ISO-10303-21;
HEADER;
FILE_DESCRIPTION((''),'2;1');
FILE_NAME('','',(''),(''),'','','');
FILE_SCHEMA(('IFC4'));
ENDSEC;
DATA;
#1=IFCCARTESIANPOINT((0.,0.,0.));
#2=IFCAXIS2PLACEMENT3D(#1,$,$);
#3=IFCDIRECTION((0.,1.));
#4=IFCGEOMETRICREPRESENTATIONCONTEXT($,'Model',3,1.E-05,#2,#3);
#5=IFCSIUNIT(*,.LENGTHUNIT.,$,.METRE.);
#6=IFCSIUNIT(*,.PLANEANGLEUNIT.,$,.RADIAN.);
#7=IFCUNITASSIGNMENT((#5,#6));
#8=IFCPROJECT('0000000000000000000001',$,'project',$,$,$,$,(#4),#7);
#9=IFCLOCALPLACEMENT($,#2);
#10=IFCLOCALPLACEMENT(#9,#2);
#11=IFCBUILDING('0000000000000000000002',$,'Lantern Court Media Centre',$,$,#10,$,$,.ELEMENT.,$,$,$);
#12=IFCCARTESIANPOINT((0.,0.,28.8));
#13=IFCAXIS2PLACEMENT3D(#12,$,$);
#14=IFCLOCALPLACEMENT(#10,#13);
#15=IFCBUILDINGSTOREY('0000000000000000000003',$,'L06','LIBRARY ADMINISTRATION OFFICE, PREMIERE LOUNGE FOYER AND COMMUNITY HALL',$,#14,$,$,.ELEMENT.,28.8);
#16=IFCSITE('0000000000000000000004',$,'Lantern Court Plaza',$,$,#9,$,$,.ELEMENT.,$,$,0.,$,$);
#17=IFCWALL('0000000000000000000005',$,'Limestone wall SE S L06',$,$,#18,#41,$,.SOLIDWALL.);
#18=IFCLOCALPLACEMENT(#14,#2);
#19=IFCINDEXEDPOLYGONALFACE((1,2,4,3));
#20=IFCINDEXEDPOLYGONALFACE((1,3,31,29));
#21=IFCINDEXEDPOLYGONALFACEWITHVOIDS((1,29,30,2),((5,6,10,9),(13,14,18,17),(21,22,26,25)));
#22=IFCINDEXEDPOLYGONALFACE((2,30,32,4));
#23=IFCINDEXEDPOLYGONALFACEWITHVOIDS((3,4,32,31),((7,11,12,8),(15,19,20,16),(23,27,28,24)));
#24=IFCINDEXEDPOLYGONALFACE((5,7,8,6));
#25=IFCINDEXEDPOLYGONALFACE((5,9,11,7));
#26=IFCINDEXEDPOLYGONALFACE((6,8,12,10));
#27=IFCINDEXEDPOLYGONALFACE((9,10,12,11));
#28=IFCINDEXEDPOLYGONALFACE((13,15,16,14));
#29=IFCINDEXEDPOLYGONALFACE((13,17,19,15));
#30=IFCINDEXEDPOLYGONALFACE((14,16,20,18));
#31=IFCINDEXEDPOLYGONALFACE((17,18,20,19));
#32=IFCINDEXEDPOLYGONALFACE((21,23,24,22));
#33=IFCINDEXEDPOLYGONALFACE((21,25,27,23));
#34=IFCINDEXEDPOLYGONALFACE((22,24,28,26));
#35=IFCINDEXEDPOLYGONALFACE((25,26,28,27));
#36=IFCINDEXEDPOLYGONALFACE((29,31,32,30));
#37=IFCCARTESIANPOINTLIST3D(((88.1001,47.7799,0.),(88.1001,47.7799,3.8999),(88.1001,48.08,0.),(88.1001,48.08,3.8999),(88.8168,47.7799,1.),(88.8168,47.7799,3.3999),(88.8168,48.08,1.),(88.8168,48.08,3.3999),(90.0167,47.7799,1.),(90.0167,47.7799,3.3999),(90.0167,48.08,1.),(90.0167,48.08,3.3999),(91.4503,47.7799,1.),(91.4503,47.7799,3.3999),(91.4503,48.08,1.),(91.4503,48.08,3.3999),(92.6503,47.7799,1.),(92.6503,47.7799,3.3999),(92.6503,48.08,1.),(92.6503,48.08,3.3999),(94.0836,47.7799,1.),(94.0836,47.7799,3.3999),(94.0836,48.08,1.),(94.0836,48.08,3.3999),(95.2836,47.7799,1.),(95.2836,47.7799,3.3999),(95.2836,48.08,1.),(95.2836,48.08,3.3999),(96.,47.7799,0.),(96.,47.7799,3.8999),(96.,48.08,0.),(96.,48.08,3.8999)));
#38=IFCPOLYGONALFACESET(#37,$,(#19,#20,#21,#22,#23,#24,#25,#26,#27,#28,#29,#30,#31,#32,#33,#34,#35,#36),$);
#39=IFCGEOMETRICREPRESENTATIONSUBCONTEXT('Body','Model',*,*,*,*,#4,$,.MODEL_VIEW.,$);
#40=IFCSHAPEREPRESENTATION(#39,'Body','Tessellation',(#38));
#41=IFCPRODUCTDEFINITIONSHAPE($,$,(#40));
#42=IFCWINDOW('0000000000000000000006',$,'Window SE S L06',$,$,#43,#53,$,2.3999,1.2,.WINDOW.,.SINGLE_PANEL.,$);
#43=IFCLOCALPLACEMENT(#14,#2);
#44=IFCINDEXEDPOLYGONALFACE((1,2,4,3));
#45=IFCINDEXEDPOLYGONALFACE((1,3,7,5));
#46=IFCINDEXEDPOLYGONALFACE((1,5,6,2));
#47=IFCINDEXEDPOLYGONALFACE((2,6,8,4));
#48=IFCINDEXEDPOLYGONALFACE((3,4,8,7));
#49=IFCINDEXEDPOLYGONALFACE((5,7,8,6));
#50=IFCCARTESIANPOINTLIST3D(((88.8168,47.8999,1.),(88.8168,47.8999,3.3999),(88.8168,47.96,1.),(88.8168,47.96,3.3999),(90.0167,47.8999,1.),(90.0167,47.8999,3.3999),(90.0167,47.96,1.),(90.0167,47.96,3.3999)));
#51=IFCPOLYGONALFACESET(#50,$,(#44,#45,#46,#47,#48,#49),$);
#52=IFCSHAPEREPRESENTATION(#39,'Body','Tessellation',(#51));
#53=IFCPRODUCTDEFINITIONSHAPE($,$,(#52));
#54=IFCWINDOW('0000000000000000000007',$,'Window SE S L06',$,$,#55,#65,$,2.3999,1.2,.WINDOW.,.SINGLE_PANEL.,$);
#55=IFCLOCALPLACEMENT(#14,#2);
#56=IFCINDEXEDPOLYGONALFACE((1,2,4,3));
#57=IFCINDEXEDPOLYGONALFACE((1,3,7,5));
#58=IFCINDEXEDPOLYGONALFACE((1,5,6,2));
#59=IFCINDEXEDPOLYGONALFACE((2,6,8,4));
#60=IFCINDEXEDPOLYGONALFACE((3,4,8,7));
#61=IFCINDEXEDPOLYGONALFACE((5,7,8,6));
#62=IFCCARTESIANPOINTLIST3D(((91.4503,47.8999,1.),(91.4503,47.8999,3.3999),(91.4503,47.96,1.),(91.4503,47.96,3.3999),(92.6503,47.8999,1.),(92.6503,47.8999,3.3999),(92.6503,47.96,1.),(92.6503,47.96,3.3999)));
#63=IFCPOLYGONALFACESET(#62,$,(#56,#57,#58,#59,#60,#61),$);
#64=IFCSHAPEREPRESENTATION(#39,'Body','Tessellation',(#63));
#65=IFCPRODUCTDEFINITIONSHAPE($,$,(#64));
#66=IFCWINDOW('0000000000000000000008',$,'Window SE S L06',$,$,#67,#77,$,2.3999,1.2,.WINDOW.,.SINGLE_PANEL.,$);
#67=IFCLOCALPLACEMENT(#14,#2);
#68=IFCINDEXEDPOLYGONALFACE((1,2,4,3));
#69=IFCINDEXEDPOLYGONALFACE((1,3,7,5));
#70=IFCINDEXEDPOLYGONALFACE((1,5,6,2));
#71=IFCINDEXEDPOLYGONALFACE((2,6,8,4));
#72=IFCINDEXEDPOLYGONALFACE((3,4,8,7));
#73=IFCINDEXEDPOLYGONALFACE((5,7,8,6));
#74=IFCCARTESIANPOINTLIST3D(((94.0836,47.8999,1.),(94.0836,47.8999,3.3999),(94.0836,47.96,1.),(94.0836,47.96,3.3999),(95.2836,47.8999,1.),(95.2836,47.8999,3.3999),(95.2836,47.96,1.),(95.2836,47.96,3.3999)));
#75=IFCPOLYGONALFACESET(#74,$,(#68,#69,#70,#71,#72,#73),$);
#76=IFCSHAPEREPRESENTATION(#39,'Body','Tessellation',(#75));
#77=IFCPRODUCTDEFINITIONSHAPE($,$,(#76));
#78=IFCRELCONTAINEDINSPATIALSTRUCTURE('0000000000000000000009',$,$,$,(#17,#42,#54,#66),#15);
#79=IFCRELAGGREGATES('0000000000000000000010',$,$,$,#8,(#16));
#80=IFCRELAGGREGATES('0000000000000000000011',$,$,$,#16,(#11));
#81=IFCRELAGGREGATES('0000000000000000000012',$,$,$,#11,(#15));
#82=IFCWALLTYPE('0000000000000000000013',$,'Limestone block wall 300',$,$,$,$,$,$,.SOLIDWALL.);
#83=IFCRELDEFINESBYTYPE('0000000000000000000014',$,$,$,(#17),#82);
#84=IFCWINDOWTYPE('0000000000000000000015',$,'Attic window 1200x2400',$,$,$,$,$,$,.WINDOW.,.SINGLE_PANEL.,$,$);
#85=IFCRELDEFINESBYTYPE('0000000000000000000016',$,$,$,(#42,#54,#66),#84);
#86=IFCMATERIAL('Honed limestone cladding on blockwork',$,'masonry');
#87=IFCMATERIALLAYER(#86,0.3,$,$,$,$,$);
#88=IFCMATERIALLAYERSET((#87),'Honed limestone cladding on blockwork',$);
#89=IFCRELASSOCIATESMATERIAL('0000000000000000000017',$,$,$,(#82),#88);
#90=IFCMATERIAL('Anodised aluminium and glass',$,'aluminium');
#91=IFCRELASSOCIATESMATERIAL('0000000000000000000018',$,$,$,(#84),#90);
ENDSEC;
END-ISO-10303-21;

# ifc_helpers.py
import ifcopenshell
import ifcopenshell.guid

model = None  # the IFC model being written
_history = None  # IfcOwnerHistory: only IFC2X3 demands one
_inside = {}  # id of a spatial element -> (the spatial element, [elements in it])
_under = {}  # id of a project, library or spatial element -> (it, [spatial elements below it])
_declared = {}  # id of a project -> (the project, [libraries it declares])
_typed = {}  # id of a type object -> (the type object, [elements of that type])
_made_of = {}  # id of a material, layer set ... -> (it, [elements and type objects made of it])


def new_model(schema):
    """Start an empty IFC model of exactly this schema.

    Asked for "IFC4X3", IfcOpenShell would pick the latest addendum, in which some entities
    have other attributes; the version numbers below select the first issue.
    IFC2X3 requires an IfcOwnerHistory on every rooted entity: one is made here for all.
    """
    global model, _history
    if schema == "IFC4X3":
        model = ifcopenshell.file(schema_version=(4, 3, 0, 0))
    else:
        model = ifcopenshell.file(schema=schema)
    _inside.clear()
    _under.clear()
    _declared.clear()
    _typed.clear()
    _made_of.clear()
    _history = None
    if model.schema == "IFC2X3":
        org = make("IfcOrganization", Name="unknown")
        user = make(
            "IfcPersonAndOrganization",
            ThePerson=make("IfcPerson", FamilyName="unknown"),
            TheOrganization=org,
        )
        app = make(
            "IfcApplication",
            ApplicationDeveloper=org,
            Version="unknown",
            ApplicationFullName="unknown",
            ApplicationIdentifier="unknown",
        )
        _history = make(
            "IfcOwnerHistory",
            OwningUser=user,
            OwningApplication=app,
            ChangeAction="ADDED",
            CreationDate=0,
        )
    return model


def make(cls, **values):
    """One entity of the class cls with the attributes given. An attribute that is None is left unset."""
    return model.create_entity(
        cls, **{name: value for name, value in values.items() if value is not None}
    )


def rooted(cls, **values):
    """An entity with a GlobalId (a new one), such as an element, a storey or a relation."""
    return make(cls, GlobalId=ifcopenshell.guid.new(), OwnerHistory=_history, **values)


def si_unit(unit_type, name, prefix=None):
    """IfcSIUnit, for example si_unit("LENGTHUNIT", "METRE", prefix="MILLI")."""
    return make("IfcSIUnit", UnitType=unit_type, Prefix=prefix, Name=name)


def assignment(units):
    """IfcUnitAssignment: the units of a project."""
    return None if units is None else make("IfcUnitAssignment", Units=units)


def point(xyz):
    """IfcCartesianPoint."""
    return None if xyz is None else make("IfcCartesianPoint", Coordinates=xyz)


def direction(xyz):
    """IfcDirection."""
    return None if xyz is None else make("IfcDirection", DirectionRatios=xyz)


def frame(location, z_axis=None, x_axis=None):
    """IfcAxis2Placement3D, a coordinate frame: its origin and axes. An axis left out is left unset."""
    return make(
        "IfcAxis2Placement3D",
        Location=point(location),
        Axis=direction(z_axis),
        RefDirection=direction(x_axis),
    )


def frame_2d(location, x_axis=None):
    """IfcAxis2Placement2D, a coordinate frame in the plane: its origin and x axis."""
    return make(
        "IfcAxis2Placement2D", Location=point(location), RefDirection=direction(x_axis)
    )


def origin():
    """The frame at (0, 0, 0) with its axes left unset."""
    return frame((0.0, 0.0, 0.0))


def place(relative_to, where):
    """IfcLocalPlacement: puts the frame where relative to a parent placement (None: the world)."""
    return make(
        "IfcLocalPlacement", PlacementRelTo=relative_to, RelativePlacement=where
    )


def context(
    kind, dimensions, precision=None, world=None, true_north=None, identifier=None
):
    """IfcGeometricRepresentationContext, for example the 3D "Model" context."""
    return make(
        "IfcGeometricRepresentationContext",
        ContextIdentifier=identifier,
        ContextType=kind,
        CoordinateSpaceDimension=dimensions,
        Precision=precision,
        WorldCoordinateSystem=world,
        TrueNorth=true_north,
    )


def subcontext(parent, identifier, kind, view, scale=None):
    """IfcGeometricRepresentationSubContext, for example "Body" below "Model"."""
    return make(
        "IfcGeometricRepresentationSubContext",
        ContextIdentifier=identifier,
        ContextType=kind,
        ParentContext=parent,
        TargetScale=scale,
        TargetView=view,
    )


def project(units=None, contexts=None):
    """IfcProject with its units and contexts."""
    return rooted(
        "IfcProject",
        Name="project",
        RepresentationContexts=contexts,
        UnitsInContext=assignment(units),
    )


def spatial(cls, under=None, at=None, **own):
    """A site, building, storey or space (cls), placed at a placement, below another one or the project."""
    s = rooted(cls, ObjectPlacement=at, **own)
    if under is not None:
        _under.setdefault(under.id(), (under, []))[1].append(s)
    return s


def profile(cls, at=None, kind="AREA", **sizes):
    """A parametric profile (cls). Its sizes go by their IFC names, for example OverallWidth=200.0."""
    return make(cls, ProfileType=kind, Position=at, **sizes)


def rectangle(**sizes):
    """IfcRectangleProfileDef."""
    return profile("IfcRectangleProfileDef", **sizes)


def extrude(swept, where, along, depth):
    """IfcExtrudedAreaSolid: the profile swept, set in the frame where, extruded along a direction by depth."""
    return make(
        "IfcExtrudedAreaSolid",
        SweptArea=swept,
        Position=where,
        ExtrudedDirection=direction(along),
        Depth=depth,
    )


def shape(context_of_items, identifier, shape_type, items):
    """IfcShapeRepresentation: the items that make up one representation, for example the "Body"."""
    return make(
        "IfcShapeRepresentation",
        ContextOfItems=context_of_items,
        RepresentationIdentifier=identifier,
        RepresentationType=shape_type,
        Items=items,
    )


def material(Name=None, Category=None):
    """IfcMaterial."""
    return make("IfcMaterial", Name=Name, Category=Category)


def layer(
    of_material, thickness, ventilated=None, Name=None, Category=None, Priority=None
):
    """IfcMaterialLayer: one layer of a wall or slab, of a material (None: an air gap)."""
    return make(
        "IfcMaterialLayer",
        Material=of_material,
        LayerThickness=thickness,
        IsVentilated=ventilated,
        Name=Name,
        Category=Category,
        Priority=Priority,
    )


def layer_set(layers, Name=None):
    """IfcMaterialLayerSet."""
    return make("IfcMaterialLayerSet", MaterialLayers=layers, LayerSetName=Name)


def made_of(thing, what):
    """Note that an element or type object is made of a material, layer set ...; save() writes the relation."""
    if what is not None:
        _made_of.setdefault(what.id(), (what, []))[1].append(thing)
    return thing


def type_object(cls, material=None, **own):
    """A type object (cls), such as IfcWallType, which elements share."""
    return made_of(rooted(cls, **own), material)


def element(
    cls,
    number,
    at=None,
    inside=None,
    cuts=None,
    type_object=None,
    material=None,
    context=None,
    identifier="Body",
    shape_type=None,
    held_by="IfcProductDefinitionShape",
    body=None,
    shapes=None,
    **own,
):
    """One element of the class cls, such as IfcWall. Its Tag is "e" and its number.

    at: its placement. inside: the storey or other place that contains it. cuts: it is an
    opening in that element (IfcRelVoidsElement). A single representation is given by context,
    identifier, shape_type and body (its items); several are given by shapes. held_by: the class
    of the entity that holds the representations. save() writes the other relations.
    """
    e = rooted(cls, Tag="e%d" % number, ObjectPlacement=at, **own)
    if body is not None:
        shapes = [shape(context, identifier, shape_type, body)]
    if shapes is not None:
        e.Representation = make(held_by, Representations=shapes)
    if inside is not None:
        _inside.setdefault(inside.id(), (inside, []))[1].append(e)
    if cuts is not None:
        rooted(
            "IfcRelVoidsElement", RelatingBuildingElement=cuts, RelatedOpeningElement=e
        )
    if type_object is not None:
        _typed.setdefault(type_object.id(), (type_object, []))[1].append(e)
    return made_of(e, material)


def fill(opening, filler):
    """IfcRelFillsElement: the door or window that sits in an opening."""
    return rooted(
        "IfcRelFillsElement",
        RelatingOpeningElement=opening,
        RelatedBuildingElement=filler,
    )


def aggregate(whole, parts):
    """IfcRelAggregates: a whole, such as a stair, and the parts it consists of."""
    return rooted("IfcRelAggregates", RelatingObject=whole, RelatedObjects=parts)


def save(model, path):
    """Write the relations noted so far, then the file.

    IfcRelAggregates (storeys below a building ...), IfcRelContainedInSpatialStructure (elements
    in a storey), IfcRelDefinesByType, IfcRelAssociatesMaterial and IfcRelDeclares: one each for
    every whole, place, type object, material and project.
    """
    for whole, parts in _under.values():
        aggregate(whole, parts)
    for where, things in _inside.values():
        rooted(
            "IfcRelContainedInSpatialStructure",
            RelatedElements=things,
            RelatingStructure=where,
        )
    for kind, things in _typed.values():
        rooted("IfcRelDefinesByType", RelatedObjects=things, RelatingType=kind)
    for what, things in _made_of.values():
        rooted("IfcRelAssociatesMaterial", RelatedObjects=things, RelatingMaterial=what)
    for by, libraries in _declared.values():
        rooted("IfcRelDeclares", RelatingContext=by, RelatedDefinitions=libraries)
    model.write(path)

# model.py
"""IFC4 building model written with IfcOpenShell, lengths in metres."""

from ifc_helpers import new_model, si_unit, direction, frame, frame_2d, origin, place, context, subcontext, project, spatial, rectangle, extrude, material, layer, layer_set, type_object, element, fill, save


model = new_model("IFC4")

# Units and contexts
model_context = context("Model", 3, precision=1e-05, world=origin(), true_north=direction((0.0, 1.0)))
body_context = subcontext(model_context, "Body", "Model", "MODEL_VIEW")
ifc_project = project(units=[si_unit("LENGTHUNIT", "METRE"), si_unit("PLANEANGLEUNIT", "RADIAN")], contexts=[model_context])

# Site, building, storey
site_placement = place(None, origin())
site = spatial("IfcSite", under=ifc_project, at=site_placement, Name="Lantern Court Plaza", CompositionType="ELEMENT", RefElevation=0.0)
building_placement = place(site_placement, origin())
building = spatial("IfcBuilding", under=site, at=building_placement, Name="Lantern Court Media Centre", CompositionType="ELEMENT")
storey_placement = place(building_placement, frame((0.0, 0.0, 28.8)))
storey = spatial("IfcBuildingStorey", under=building, at=storey_placement, Name="L06", Description="LIBRARY ADMINISTRATION OFFICE, PREMIERE LOUNGE FOYER AND COMMUNITY HALL", CompositionType="ELEMENT", Elevation=28.8)

# Wall, openings, windows
ifc_material_1 = material(Name="Honed limestone cladding on blockwork", Category="masonry")
ifc_layer_1 = layer(ifc_material_1, 0.3)
ifc_layer_set_1 = layer_set([ifc_layer_1], Name="Honed limestone cladding on blockwork")
wall_type_1 = type_object("IfcWallType", Name="Limestone block wall 300", PredefinedType="SOLIDWALL", material=ifc_layer_set_1)
ifc_material_2 = material(Name="Anodised aluminium and glass", Category="aluminium")
window_type = type_object("IfcWindowType", Name="Attic window 1200x2400", PartitioningType="SINGLE_PANEL", PredefinedType="WINDOW", material=ifc_material_2)
wall_1_placement = place(storey_placement, frame((88.1001, 47.9299, 0.0), z_axis=(0.0, 0.0, 1.0), x_axis=(1.0, 0.0, 0.0)))
wall_1 = element("IfcWall", 1, at=wall_1_placement, inside=storey, type_object=wall_type_1, Name="Limestone wall SE S L06", PredefinedType="SOLIDWALL", context=body_context, shape_type="SweptSolid", body=[
    extrude(rectangle(XDim=7.8999, YDim=0.3, at=frame_2d((3.95, 0.0))), origin(), (0.0, 0.0, 1.0), 3.8999),
])
opening_1_placement = place(wall_1_placement, frame((0.7166, 0.0, 1.0)))
opening_1 = element("IfcOpeningElement", 2, at=opening_1_placement, cuts=wall_1, PredefinedType="OPENING", context=body_context, shape_type="SweptSolid", body=[
    extrude(rectangle(XDim=1.2, YDim=2.3999, at=frame_2d((0.6001, 1.2))), frame((0.0, 0.1599, 0.0), z_axis=(0.0, -1.0, 0.0), x_axis=(1.0, 0.0, 0.0)), (0.0, 0.0, 1.0), 0.3201),
])
opening_2_placement = place(wall_1_placement, frame((3.3501, 0.0, 1.0)))
opening_2 = element("IfcOpeningElement", 3, at=opening_2_placement, cuts=wall_1, PredefinedType="OPENING", context=body_context, shape_type="SweptSolid", body=[
    extrude(rectangle(XDim=1.2, YDim=2.3999, at=frame_2d((0.6001, 1.2))), frame((0.0, 0.1599, 0.0), z_axis=(0.0, -1.0, 0.0), x_axis=(1.0, 0.0, 0.0)), (0.0, 0.0, 1.0), 0.3201),
])
opening_3_placement = place(wall_1_placement, frame((5.9834, 0.0, 1.0)))
opening_3 = element("IfcOpeningElement", 4, at=opening_3_placement, cuts=wall_1, PredefinedType="OPENING", context=body_context, shape_type="SweptSolid", body=[
    extrude(rectangle(XDim=1.2, YDim=2.3999, at=frame_2d((0.6001, 1.2))), frame((0.0, 0.1599, 0.0), z_axis=(0.0, -1.0, 0.0), x_axis=(1.0, 0.0, 0.0)), (0.0, 0.0, 1.0), 0.3201),
])
window_1_placement = place(opening_1_placement, origin())
window_1 = element("IfcWindow", 5, at=window_1_placement, inside=storey, type_object=window_type, Name="Window SE S L06", OverallHeight=2.3999, OverallWidth=1.2, PartitioningType="SINGLE_PANEL", PredefinedType="WINDOW", context=body_context, shape_type="SweptSolid", body=[
    extrude(rectangle(XDim=1.2, YDim=2.3999, at=frame_2d((0.6001, 1.2))), frame((0.0, 0.03, 0.0), z_axis=(0.0, -1.0, 0.0), x_axis=(1.0, 0.0, 0.0)), (0.0, 0.0, 1.0), 0.0601),
])
fill(opening_1, window_1)
window_2_placement = place(opening_2_placement, origin())
window_2 = element("IfcWindow", 6, at=window_2_placement, inside=storey, type_object=window_type, Name="Window SE S L06", OverallHeight=2.3999, OverallWidth=1.2, PartitioningType="SINGLE_PANEL", PredefinedType="WINDOW", context=body_context, shape_type="SweptSolid", body=[
    extrude(rectangle(XDim=1.2, YDim=2.3999, at=frame_2d((0.6001, 1.2))), frame((0.0, 0.03, 0.0), z_axis=(0.0, -1.0, 0.0), x_axis=(1.0, 0.0, 0.0)), (0.0, 0.0, 1.0), 0.0601),
])
fill(opening_2, window_2)
window_3_placement = place(opening_3_placement, origin())
window_3 = element("IfcWindow", 7, at=window_3_placement, inside=storey, type_object=window_type, Name="Window SE S L06", OverallHeight=2.3999, OverallWidth=1.2, PartitioningType="SINGLE_PANEL", PredefinedType="WINDOW", context=body_context, shape_type="SweptSolid", body=[
    extrude(rectangle(XDim=1.2, YDim=2.3999, at=frame_2d((0.6001, 1.2))), frame((0.0, 0.03, 0.0), z_axis=(0.0, -1.0, 0.0), x_axis=(1.0, 0.0, 0.0)), (0.0, 0.0, 1.0), 0.0601),
])
fill(opening_3, window_3)

save(model, "model.ifc")
